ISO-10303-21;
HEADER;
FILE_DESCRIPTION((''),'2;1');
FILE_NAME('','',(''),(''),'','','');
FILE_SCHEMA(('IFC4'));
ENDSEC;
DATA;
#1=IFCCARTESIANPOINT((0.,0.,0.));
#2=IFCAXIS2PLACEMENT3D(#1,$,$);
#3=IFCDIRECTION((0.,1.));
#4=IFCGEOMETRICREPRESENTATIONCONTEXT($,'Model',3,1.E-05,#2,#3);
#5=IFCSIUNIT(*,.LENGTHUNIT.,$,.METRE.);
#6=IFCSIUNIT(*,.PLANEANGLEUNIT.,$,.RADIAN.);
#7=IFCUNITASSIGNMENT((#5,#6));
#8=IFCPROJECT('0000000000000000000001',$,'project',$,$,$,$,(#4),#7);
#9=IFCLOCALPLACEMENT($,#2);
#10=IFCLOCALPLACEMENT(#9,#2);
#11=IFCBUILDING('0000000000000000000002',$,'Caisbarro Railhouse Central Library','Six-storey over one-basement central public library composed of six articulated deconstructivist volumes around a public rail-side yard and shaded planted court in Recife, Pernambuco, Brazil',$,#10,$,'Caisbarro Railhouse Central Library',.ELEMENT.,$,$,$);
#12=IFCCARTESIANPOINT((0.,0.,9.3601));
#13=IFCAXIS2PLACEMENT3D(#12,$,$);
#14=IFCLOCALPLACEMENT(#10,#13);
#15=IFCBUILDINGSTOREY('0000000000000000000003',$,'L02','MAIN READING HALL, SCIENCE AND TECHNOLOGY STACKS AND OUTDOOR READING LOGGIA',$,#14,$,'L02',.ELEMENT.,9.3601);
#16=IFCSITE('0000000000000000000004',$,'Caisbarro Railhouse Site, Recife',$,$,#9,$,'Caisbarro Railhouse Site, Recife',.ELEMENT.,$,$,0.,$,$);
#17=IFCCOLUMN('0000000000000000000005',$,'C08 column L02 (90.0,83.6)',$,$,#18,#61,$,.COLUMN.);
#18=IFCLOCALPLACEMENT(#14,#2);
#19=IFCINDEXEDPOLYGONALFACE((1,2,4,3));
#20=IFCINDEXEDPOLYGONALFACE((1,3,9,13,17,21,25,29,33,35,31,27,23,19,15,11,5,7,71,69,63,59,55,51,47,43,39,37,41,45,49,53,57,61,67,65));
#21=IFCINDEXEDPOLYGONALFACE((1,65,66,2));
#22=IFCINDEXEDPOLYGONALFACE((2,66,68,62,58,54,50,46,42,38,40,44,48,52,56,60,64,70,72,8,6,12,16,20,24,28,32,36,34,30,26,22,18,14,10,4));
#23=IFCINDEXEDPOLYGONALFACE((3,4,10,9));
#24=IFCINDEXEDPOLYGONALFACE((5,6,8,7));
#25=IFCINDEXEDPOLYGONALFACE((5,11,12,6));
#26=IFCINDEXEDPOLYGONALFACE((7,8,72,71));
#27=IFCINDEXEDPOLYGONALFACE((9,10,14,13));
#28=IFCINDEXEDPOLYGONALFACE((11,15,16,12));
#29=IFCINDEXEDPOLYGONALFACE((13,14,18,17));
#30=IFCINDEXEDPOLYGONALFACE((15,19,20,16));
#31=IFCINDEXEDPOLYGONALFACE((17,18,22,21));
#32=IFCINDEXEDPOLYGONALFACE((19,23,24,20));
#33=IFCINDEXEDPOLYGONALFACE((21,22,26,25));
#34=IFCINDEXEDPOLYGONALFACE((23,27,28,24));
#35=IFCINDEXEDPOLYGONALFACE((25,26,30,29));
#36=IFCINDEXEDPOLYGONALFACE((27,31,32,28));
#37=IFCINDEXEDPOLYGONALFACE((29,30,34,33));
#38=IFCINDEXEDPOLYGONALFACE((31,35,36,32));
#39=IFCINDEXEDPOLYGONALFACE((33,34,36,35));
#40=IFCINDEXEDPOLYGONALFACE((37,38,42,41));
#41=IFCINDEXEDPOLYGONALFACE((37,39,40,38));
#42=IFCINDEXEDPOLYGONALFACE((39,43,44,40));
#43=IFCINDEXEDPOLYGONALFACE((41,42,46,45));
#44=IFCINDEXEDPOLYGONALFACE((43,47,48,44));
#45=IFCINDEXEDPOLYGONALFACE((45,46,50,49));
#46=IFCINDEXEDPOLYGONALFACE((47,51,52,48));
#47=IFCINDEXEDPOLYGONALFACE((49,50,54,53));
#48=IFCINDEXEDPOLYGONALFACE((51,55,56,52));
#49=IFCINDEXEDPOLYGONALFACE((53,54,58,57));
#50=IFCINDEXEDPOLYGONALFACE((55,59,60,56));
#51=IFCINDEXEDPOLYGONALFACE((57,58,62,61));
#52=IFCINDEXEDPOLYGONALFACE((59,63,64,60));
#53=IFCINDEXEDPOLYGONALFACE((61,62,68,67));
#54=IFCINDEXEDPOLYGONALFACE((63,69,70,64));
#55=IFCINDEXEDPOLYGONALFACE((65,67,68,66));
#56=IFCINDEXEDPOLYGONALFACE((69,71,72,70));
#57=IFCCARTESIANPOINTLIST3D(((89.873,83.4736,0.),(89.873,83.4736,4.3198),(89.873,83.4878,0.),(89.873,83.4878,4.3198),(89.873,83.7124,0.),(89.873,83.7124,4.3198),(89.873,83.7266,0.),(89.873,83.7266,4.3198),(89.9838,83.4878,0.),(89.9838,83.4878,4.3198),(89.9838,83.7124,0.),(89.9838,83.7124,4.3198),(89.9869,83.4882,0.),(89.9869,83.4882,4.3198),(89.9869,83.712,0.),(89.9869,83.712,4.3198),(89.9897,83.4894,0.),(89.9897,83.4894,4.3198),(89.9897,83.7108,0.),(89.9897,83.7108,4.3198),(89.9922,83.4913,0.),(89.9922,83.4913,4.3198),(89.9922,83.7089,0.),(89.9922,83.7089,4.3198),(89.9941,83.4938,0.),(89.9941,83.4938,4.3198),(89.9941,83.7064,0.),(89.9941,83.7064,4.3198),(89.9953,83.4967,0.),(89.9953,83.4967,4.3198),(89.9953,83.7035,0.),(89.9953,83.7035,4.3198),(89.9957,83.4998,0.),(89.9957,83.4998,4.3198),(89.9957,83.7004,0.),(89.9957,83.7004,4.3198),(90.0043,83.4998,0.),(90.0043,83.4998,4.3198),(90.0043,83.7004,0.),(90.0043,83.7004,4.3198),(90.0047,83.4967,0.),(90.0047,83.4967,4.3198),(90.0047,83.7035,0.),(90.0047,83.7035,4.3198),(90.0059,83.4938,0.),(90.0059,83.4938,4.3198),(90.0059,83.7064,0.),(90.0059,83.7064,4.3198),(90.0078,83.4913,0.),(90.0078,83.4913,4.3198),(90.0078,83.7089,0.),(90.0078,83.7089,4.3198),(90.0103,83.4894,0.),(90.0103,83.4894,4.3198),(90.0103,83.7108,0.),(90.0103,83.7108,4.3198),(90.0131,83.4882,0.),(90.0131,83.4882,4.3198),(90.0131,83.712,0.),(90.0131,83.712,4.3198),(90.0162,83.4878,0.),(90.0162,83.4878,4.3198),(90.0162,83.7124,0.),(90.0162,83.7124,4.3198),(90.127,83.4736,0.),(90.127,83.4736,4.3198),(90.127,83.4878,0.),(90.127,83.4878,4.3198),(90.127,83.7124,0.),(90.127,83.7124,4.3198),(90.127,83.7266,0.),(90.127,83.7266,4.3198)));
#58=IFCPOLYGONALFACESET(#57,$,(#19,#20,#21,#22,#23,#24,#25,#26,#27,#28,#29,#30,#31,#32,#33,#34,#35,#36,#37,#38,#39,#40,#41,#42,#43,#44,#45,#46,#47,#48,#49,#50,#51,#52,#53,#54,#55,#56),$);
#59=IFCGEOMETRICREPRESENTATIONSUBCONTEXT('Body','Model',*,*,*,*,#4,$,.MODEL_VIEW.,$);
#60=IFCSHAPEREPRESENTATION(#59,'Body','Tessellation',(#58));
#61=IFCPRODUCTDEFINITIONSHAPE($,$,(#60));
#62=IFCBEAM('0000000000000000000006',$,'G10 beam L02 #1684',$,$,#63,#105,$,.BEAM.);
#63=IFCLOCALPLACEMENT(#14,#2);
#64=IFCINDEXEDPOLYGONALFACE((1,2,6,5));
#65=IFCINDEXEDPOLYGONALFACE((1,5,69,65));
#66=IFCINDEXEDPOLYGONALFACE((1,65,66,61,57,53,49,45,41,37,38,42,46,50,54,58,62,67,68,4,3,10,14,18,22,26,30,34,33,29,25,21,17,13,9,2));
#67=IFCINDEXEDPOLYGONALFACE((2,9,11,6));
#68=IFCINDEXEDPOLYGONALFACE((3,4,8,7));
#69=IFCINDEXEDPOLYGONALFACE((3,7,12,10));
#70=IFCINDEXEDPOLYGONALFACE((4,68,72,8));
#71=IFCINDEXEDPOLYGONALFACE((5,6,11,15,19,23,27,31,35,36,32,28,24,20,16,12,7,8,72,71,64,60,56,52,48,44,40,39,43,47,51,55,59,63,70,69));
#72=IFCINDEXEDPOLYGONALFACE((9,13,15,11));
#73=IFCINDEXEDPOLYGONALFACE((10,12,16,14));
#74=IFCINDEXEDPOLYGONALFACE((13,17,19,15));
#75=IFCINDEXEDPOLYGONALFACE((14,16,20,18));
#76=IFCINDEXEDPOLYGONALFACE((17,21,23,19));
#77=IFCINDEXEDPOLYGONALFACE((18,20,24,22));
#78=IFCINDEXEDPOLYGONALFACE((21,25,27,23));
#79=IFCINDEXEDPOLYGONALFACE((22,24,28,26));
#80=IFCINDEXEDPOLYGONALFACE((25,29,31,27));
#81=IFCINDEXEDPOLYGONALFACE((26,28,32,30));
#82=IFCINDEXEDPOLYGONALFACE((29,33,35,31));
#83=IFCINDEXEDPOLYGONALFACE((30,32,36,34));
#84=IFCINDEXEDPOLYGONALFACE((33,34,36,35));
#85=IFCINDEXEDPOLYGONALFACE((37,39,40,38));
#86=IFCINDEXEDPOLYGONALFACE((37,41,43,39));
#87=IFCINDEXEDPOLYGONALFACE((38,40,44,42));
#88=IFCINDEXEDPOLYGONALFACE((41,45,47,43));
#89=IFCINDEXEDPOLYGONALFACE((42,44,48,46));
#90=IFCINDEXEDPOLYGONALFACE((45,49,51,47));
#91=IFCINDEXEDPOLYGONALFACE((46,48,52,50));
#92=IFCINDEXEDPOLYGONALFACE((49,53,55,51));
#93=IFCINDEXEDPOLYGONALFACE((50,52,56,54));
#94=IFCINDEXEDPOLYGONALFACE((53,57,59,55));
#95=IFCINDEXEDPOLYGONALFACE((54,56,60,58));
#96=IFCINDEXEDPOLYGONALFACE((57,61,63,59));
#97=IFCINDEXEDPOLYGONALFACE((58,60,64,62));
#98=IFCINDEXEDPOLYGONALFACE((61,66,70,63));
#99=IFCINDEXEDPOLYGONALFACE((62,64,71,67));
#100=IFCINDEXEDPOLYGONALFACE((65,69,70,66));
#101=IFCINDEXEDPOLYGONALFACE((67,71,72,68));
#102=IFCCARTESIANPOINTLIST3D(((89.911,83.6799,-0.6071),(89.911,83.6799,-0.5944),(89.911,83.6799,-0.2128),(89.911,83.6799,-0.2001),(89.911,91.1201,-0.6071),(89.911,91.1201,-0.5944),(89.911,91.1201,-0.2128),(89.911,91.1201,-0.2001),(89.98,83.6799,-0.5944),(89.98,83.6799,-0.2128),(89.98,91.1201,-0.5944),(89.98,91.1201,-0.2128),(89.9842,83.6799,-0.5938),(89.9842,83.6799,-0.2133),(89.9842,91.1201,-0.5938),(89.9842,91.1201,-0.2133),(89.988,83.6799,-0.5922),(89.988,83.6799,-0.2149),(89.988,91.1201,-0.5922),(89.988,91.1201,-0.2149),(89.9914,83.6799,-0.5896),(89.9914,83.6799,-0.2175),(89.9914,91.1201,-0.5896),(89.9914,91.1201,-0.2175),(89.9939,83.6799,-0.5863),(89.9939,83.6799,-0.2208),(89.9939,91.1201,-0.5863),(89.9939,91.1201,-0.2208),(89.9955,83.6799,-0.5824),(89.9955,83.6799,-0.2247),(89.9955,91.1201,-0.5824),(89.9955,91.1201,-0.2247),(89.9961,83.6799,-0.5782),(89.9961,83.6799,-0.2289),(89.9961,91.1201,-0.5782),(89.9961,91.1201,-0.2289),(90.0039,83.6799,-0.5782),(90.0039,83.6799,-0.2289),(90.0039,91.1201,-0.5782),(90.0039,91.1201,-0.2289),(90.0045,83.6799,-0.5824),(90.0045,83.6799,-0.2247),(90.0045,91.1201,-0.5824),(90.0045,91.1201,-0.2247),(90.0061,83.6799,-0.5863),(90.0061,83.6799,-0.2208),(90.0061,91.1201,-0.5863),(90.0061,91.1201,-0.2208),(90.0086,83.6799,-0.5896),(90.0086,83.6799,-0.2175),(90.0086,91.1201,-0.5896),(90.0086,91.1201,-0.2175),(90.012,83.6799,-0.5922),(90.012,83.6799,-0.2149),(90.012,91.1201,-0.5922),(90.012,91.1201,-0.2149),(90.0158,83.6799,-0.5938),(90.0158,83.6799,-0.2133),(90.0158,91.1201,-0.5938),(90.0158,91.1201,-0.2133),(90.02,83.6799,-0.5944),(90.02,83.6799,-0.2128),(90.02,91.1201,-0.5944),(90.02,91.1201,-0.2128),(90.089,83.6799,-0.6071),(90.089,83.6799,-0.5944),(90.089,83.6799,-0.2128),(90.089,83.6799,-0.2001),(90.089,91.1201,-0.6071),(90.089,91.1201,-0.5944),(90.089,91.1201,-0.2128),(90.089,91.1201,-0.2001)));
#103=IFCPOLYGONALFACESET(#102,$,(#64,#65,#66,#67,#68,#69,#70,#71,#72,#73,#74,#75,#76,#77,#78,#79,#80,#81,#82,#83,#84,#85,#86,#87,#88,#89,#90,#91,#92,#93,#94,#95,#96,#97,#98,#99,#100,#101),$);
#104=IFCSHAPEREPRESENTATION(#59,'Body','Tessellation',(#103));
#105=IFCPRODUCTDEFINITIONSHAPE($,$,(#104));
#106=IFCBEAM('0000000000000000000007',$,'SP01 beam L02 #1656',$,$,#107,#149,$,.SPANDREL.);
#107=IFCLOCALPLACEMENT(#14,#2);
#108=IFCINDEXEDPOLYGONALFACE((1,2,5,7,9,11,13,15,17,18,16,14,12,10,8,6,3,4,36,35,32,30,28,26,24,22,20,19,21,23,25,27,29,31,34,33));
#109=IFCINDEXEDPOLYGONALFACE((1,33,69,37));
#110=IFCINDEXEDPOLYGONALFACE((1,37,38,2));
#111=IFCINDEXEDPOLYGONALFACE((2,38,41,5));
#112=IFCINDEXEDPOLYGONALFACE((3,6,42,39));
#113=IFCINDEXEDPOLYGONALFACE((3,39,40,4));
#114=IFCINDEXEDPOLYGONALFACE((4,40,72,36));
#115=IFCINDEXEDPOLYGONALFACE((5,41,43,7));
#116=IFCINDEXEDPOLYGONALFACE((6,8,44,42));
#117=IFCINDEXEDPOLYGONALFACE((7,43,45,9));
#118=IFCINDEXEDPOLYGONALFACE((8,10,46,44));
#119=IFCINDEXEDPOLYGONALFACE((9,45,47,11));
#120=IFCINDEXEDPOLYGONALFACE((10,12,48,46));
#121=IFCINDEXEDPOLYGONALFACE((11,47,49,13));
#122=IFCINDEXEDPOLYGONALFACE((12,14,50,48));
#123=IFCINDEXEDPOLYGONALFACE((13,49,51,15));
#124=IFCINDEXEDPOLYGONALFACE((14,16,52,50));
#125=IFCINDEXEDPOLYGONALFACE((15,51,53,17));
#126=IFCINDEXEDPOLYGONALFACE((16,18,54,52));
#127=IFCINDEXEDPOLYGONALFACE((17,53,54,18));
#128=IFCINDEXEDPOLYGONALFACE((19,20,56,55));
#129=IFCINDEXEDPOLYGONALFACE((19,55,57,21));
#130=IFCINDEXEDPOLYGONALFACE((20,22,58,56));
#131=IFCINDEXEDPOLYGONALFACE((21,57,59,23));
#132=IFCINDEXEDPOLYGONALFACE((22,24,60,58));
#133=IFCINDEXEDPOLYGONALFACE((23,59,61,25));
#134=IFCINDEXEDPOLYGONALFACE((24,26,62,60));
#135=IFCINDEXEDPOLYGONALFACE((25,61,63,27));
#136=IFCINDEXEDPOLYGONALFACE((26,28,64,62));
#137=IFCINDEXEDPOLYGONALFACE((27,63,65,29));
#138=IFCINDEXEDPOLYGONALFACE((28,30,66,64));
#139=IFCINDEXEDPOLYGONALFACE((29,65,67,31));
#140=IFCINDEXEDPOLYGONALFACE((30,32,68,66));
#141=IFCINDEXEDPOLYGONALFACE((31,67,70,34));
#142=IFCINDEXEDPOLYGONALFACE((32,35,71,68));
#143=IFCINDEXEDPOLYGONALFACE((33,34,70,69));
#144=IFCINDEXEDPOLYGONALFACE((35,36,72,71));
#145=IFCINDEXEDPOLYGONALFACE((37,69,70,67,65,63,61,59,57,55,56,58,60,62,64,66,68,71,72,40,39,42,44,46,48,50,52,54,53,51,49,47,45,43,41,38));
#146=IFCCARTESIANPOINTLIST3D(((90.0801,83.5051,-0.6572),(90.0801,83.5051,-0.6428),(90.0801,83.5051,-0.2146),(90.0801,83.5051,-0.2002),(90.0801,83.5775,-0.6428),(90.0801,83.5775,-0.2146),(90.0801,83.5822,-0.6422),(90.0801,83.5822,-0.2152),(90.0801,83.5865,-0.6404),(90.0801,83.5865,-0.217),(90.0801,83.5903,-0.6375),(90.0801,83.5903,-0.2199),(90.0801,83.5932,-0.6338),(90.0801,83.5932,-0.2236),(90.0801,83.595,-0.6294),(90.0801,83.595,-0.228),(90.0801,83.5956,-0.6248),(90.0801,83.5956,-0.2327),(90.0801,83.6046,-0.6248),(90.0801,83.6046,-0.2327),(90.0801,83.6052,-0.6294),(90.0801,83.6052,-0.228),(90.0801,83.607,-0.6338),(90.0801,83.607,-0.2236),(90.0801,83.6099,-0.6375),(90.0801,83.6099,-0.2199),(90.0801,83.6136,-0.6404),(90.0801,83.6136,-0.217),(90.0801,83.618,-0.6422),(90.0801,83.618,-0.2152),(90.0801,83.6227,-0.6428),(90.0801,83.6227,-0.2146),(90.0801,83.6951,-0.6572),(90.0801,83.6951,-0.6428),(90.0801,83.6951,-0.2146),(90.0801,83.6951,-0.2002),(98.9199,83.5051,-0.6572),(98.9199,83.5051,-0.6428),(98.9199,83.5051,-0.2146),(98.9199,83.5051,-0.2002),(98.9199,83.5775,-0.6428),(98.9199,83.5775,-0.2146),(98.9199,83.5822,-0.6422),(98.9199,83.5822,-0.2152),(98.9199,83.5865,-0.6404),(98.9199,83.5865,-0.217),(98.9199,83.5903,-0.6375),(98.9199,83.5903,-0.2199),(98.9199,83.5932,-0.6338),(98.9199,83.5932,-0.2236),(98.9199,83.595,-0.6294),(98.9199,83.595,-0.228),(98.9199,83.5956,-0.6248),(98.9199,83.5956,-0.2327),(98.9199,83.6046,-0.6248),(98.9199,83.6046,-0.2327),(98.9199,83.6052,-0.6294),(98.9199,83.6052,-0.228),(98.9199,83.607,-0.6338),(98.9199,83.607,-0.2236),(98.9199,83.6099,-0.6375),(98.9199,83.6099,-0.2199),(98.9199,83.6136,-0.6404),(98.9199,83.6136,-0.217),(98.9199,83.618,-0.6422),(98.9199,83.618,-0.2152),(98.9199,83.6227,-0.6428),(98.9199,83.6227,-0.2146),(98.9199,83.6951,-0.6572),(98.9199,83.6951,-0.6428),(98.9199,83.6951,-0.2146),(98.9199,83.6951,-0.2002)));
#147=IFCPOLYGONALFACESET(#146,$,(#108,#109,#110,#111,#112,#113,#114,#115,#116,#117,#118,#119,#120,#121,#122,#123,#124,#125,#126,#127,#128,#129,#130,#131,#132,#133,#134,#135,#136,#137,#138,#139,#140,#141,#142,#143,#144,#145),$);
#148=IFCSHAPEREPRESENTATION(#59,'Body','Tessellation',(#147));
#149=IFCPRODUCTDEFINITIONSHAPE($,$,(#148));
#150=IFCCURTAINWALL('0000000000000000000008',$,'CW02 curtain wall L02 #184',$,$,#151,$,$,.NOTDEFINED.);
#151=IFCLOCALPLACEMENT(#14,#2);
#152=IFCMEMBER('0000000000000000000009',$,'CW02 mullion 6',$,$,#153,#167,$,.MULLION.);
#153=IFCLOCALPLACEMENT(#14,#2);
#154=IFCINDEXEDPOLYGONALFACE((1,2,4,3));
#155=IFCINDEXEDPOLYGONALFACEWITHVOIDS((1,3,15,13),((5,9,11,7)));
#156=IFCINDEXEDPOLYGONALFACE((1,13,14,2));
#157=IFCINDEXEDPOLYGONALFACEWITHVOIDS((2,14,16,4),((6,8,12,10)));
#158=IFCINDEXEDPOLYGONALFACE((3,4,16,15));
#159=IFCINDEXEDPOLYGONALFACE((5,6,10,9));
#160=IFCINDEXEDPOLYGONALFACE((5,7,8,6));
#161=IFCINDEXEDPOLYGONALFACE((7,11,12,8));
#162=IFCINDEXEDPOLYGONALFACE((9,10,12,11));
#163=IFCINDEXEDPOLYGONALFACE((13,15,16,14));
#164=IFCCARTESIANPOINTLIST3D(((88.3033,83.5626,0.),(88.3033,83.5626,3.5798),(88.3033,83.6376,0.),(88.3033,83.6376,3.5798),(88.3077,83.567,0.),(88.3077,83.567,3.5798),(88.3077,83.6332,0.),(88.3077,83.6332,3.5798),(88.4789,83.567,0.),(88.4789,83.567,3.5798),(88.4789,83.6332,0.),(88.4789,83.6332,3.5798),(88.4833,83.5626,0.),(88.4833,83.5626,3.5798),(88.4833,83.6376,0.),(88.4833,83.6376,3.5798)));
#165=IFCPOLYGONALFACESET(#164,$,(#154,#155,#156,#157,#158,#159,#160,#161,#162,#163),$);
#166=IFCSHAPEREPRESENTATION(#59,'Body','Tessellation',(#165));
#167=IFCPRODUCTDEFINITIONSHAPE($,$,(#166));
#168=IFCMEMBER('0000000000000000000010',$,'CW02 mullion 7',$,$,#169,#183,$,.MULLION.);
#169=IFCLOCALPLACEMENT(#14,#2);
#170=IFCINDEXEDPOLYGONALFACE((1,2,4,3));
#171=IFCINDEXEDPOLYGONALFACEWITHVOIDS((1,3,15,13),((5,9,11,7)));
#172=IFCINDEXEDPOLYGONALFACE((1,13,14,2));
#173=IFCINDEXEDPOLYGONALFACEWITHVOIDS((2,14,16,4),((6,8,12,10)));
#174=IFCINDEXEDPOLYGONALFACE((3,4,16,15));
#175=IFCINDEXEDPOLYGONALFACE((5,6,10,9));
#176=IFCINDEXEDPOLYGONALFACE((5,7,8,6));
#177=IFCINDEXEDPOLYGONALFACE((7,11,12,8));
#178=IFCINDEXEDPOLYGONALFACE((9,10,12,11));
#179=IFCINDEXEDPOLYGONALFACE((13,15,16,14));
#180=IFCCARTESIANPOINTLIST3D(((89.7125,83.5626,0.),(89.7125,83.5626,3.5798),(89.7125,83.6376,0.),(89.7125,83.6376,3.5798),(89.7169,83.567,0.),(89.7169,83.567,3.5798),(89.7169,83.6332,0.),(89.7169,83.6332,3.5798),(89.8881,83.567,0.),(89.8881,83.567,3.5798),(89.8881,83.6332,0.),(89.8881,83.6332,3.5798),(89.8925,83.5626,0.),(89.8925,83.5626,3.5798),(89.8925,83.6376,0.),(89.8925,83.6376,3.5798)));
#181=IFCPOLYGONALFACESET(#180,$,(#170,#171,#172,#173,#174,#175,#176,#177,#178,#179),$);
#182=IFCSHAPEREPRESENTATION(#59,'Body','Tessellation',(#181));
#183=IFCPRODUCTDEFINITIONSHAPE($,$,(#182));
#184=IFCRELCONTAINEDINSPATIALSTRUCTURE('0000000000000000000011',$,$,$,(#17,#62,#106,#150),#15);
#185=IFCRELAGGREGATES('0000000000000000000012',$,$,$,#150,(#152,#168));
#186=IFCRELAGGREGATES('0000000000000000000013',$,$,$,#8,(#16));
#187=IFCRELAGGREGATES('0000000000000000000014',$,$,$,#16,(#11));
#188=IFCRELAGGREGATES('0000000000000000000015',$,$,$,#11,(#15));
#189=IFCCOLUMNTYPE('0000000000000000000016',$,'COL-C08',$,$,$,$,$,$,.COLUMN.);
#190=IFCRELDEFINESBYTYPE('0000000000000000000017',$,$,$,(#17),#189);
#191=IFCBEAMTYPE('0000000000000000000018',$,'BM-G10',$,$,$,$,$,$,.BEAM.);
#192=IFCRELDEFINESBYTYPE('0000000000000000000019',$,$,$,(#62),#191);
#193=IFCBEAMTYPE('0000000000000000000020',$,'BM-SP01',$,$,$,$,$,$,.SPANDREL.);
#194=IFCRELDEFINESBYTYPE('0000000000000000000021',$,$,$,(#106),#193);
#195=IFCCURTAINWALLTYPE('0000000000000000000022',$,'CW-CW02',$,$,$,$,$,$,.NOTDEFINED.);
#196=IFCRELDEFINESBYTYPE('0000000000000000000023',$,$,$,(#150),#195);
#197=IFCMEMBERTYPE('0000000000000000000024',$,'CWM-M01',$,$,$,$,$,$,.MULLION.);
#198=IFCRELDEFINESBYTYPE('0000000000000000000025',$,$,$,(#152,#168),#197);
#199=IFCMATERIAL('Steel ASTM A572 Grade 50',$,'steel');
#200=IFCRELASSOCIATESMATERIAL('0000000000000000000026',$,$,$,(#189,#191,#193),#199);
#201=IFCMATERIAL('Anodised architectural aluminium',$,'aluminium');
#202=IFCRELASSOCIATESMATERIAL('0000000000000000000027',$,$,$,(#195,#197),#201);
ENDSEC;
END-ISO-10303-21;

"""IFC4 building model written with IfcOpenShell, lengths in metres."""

from ifc_helpers import new_model, si_unit, direction, frame, origin, origin_2d, place, context, subcontext, project, spatial, hollow_rectangle, i_section, extrude, material, material_profile, profile_set, type_object, element, aggregate, save


model = new_model("IFC4")

# Units and contexts
model_context = context("Model", 3, precision=1e-05, world=origin(), true_north=direction((0.0, 1.0)))
body_context = subcontext(model_context, "Body", "Model", "MODEL_VIEW")
ifc_project = project(units=[si_unit("LENGTHUNIT", "METRE"), si_unit("PLANEANGLEUNIT", "RADIAN")], contexts=[model_context])

# Site, building, storey
site_placement = place(None, origin())
site = spatial("IfcSite", under=ifc_project, at=site_placement, Name="Caisbarro Railhouse Site, Recife", LongName="Caisbarro Railhouse Site, Recife", CompositionType="ELEMENT", RefElevation=0.0)
building_placement = place(site_placement, origin())
building = spatial("IfcBuilding", under=site, at=building_placement, Name="Caisbarro Railhouse Central Library", Description="Six-storey over one-basement central public library composed of six articulated deconstructivist volumes around a public rail-side yard and shaded planted court in Recife, Pernambuco, Brazil", LongName="Caisbarro Railhouse Central Library", CompositionType="ELEMENT")
storey_placement = place(building_placement, frame((0.0, 0.0, 9.3601)))
storey = spatial("IfcBuildingStorey", under=building, at=storey_placement, Name="L02", Description="MAIN READING HALL, SCIENCE AND TECHNOLOGY STACKS AND OUTDOOR READING LOGGIA", LongName="L02", CompositionType="ELEMENT", Elevation=9.3601)

# Column
ifc_material_1 = material(Name="Steel ASTM A572 Grade 50", Category="steel")
ifc_material_profile_1 = material_profile(ifc_material_1, i_section(OverallWidth=0.2539, OverallDepth=0.2529, WebThickness=0.0085, FlangeThickness=0.0142, FilletRadius=0.012, at=origin_2d()), Name="W250X73.0")
ifc_profile_set_1 = profile_set([ifc_material_profile_1], Name="Steel ASTM A572 Grade 50")
column_type = type_object("IfcColumnType", Name="COL-C08", PredefinedType="COLUMN", material=ifc_profile_set_1)
column_placement = place(storey_placement, frame((90.0, 83.6001, 0.0), z_axis=(0.0, 0.0, 1.0), x_axis=(1.0, 0.0, 0.0)))
element("IfcColumn", 1, at=column_placement, inside=storey, type_object=column_type, Name="C08 column L02 (90.0,83.6)", PredefinedType="COLUMN", context=body_context, shape_type="SweptSolid", body=[
    extrude(i_section(OverallWidth=0.2539, OverallDepth=0.2529, WebThickness=0.0085, FlangeThickness=0.0142, FilletRadius=0.012, at=origin_2d()), origin(), (0.0, 0.0, 1.0), 4.3198),
])

# Beams
ifc_material_profile_2 = material_profile(ifc_material_1, i_section(OverallWidth=0.178, OverallDepth=0.407, WebThickness=0.0078, FlangeThickness=0.0127, FilletRadius=0.0161, at=origin_2d()), Name="W410X60.0")
ifc_profile_set_2 = profile_set([ifc_material_profile_2], Name="Steel ASTM A572 Grade 50")
beam_type_1 = type_object("IfcBeamType", Name="BM-G10", PredefinedType="BEAM", material=ifc_profile_set_2)
beam_1_placement = place(storey_placement, frame((90.0, 83.6799, -0.4036), z_axis=(0.0, 1.0, 0.0), x_axis=(-1.0, 0.0, 0.0)))
element("IfcBeam", 2, at=beam_1_placement, inside=storey, type_object=beam_type_1, Name="G10 beam L02 #1684", PredefinedType="BEAM", context=body_context, shape_type="SweptSolid", body=[
    extrude(i_section(OverallWidth=0.178, OverallDepth=0.407, WebThickness=0.0078, FlangeThickness=0.0127, FilletRadius=0.0161, at=origin_2d()), origin(), (0.0, 0.0, 1.0), 7.4402),
])
ifc_material_profile_3 = material_profile(ifc_material_1, i_section(OverallWidth=0.1899, OverallDepth=0.457, WebThickness=0.009, FlangeThickness=0.0144, FilletRadius=0.0181, at=origin_2d()), Name="W460X74.0")
ifc_profile_set_3 = profile_set([ifc_material_profile_3], Name="Steel ASTM A572 Grade 50")
beam_type_2 = type_object("IfcBeamType", Name="BM-SP01", PredefinedType="SPANDREL", material=ifc_profile_set_3)
beam_2_placement = place(storey_placement, frame((90.0801, 83.6001, -0.4287), z_axis=(1.0, 0.0, 0.0), x_axis=(0.0, 1.0, 0.0)))
element("IfcBeam", 3, at=beam_2_placement, inside=storey, type_object=beam_type_2, Name="SP01 beam L02 #1656", PredefinedType="SPANDREL", context=body_context, shape_type="SweptSolid", body=[
    extrude(i_section(OverallWidth=0.1899, OverallDepth=0.457, WebThickness=0.009, FlangeThickness=0.0144, FilletRadius=0.0181, at=origin_2d()), origin(), (0.0, 0.0, 1.0), 8.8398),
])

# Curtain wall, members
ifc_material_2 = material(Name="Anodised architectural aluminium", Category="aluminium")
curtain_wall_type = type_object("IfcCurtainWallType", Name="CW-CW02", PredefinedType="NOTDEFINED", material=ifc_material_2)
curtain_wall_1_placement = place(storey_placement, origin())
curtain_wall_1 = element("IfcCurtainWall", 4, at=curtain_wall_1_placement, inside=storey, type_object=curtain_wall_type, Name="CW02 curtain wall L02 #184", PredefinedType="NOTDEFINED")
ifc_material_profile_4 = material_profile(ifc_material_2, hollow_rectangle(XDim=0.075, YDim=0.1799, WallThickness=0.0044, at=origin_2d()), Name="ALU-MUL-75X180")
ifc_profile_set_4 = profile_set([ifc_material_profile_4], Name="Anodised architectural aluminium")
member_type_1 = type_object("IfcMemberType", Name="CWM-M01", PredefinedType="MULLION", material=ifc_profile_set_4)
member_1_placement = place(storey_placement, frame((88.3933, 83.6001, 0.0), z_axis=(0.0, 0.0, 1.0), x_axis=(0.0, 1.0, 0.0)))
member_1 = element("IfcMember", 5, at=member_1_placement, type_object=member_type_1, Name="CW02 mullion 6", PredefinedType="MULLION", context=body_context, shape_type="SweptSolid", body=[
    extrude(hollow_rectangle(XDim=0.075, YDim=0.1799, WallThickness=0.0044, at=origin_2d()), origin(), (0.0, 0.0, 1.0), 3.5798),
])
member_2_placement = place(storey_placement, frame((89.8025, 83.6001, 0.0), z_axis=(0.0, 0.0, 1.0), x_axis=(0.0, 1.0, 0.0)))
member_2 = element("IfcMember", 6, at=member_2_placement, type_object=member_type_1, Name="CW02 mullion 7", PredefinedType="MULLION", context=body_context, shape_type="SweptSolid", body=[
    extrude(hollow_rectangle(XDim=0.075, YDim=0.1799, WallThickness=0.0044, at=origin_2d()), origin(), (0.0, 0.0, 1.0), 3.5798),
])

aggregate(curtain_wall_1, [member_1, member_2])

save(model, "model.ifc")
